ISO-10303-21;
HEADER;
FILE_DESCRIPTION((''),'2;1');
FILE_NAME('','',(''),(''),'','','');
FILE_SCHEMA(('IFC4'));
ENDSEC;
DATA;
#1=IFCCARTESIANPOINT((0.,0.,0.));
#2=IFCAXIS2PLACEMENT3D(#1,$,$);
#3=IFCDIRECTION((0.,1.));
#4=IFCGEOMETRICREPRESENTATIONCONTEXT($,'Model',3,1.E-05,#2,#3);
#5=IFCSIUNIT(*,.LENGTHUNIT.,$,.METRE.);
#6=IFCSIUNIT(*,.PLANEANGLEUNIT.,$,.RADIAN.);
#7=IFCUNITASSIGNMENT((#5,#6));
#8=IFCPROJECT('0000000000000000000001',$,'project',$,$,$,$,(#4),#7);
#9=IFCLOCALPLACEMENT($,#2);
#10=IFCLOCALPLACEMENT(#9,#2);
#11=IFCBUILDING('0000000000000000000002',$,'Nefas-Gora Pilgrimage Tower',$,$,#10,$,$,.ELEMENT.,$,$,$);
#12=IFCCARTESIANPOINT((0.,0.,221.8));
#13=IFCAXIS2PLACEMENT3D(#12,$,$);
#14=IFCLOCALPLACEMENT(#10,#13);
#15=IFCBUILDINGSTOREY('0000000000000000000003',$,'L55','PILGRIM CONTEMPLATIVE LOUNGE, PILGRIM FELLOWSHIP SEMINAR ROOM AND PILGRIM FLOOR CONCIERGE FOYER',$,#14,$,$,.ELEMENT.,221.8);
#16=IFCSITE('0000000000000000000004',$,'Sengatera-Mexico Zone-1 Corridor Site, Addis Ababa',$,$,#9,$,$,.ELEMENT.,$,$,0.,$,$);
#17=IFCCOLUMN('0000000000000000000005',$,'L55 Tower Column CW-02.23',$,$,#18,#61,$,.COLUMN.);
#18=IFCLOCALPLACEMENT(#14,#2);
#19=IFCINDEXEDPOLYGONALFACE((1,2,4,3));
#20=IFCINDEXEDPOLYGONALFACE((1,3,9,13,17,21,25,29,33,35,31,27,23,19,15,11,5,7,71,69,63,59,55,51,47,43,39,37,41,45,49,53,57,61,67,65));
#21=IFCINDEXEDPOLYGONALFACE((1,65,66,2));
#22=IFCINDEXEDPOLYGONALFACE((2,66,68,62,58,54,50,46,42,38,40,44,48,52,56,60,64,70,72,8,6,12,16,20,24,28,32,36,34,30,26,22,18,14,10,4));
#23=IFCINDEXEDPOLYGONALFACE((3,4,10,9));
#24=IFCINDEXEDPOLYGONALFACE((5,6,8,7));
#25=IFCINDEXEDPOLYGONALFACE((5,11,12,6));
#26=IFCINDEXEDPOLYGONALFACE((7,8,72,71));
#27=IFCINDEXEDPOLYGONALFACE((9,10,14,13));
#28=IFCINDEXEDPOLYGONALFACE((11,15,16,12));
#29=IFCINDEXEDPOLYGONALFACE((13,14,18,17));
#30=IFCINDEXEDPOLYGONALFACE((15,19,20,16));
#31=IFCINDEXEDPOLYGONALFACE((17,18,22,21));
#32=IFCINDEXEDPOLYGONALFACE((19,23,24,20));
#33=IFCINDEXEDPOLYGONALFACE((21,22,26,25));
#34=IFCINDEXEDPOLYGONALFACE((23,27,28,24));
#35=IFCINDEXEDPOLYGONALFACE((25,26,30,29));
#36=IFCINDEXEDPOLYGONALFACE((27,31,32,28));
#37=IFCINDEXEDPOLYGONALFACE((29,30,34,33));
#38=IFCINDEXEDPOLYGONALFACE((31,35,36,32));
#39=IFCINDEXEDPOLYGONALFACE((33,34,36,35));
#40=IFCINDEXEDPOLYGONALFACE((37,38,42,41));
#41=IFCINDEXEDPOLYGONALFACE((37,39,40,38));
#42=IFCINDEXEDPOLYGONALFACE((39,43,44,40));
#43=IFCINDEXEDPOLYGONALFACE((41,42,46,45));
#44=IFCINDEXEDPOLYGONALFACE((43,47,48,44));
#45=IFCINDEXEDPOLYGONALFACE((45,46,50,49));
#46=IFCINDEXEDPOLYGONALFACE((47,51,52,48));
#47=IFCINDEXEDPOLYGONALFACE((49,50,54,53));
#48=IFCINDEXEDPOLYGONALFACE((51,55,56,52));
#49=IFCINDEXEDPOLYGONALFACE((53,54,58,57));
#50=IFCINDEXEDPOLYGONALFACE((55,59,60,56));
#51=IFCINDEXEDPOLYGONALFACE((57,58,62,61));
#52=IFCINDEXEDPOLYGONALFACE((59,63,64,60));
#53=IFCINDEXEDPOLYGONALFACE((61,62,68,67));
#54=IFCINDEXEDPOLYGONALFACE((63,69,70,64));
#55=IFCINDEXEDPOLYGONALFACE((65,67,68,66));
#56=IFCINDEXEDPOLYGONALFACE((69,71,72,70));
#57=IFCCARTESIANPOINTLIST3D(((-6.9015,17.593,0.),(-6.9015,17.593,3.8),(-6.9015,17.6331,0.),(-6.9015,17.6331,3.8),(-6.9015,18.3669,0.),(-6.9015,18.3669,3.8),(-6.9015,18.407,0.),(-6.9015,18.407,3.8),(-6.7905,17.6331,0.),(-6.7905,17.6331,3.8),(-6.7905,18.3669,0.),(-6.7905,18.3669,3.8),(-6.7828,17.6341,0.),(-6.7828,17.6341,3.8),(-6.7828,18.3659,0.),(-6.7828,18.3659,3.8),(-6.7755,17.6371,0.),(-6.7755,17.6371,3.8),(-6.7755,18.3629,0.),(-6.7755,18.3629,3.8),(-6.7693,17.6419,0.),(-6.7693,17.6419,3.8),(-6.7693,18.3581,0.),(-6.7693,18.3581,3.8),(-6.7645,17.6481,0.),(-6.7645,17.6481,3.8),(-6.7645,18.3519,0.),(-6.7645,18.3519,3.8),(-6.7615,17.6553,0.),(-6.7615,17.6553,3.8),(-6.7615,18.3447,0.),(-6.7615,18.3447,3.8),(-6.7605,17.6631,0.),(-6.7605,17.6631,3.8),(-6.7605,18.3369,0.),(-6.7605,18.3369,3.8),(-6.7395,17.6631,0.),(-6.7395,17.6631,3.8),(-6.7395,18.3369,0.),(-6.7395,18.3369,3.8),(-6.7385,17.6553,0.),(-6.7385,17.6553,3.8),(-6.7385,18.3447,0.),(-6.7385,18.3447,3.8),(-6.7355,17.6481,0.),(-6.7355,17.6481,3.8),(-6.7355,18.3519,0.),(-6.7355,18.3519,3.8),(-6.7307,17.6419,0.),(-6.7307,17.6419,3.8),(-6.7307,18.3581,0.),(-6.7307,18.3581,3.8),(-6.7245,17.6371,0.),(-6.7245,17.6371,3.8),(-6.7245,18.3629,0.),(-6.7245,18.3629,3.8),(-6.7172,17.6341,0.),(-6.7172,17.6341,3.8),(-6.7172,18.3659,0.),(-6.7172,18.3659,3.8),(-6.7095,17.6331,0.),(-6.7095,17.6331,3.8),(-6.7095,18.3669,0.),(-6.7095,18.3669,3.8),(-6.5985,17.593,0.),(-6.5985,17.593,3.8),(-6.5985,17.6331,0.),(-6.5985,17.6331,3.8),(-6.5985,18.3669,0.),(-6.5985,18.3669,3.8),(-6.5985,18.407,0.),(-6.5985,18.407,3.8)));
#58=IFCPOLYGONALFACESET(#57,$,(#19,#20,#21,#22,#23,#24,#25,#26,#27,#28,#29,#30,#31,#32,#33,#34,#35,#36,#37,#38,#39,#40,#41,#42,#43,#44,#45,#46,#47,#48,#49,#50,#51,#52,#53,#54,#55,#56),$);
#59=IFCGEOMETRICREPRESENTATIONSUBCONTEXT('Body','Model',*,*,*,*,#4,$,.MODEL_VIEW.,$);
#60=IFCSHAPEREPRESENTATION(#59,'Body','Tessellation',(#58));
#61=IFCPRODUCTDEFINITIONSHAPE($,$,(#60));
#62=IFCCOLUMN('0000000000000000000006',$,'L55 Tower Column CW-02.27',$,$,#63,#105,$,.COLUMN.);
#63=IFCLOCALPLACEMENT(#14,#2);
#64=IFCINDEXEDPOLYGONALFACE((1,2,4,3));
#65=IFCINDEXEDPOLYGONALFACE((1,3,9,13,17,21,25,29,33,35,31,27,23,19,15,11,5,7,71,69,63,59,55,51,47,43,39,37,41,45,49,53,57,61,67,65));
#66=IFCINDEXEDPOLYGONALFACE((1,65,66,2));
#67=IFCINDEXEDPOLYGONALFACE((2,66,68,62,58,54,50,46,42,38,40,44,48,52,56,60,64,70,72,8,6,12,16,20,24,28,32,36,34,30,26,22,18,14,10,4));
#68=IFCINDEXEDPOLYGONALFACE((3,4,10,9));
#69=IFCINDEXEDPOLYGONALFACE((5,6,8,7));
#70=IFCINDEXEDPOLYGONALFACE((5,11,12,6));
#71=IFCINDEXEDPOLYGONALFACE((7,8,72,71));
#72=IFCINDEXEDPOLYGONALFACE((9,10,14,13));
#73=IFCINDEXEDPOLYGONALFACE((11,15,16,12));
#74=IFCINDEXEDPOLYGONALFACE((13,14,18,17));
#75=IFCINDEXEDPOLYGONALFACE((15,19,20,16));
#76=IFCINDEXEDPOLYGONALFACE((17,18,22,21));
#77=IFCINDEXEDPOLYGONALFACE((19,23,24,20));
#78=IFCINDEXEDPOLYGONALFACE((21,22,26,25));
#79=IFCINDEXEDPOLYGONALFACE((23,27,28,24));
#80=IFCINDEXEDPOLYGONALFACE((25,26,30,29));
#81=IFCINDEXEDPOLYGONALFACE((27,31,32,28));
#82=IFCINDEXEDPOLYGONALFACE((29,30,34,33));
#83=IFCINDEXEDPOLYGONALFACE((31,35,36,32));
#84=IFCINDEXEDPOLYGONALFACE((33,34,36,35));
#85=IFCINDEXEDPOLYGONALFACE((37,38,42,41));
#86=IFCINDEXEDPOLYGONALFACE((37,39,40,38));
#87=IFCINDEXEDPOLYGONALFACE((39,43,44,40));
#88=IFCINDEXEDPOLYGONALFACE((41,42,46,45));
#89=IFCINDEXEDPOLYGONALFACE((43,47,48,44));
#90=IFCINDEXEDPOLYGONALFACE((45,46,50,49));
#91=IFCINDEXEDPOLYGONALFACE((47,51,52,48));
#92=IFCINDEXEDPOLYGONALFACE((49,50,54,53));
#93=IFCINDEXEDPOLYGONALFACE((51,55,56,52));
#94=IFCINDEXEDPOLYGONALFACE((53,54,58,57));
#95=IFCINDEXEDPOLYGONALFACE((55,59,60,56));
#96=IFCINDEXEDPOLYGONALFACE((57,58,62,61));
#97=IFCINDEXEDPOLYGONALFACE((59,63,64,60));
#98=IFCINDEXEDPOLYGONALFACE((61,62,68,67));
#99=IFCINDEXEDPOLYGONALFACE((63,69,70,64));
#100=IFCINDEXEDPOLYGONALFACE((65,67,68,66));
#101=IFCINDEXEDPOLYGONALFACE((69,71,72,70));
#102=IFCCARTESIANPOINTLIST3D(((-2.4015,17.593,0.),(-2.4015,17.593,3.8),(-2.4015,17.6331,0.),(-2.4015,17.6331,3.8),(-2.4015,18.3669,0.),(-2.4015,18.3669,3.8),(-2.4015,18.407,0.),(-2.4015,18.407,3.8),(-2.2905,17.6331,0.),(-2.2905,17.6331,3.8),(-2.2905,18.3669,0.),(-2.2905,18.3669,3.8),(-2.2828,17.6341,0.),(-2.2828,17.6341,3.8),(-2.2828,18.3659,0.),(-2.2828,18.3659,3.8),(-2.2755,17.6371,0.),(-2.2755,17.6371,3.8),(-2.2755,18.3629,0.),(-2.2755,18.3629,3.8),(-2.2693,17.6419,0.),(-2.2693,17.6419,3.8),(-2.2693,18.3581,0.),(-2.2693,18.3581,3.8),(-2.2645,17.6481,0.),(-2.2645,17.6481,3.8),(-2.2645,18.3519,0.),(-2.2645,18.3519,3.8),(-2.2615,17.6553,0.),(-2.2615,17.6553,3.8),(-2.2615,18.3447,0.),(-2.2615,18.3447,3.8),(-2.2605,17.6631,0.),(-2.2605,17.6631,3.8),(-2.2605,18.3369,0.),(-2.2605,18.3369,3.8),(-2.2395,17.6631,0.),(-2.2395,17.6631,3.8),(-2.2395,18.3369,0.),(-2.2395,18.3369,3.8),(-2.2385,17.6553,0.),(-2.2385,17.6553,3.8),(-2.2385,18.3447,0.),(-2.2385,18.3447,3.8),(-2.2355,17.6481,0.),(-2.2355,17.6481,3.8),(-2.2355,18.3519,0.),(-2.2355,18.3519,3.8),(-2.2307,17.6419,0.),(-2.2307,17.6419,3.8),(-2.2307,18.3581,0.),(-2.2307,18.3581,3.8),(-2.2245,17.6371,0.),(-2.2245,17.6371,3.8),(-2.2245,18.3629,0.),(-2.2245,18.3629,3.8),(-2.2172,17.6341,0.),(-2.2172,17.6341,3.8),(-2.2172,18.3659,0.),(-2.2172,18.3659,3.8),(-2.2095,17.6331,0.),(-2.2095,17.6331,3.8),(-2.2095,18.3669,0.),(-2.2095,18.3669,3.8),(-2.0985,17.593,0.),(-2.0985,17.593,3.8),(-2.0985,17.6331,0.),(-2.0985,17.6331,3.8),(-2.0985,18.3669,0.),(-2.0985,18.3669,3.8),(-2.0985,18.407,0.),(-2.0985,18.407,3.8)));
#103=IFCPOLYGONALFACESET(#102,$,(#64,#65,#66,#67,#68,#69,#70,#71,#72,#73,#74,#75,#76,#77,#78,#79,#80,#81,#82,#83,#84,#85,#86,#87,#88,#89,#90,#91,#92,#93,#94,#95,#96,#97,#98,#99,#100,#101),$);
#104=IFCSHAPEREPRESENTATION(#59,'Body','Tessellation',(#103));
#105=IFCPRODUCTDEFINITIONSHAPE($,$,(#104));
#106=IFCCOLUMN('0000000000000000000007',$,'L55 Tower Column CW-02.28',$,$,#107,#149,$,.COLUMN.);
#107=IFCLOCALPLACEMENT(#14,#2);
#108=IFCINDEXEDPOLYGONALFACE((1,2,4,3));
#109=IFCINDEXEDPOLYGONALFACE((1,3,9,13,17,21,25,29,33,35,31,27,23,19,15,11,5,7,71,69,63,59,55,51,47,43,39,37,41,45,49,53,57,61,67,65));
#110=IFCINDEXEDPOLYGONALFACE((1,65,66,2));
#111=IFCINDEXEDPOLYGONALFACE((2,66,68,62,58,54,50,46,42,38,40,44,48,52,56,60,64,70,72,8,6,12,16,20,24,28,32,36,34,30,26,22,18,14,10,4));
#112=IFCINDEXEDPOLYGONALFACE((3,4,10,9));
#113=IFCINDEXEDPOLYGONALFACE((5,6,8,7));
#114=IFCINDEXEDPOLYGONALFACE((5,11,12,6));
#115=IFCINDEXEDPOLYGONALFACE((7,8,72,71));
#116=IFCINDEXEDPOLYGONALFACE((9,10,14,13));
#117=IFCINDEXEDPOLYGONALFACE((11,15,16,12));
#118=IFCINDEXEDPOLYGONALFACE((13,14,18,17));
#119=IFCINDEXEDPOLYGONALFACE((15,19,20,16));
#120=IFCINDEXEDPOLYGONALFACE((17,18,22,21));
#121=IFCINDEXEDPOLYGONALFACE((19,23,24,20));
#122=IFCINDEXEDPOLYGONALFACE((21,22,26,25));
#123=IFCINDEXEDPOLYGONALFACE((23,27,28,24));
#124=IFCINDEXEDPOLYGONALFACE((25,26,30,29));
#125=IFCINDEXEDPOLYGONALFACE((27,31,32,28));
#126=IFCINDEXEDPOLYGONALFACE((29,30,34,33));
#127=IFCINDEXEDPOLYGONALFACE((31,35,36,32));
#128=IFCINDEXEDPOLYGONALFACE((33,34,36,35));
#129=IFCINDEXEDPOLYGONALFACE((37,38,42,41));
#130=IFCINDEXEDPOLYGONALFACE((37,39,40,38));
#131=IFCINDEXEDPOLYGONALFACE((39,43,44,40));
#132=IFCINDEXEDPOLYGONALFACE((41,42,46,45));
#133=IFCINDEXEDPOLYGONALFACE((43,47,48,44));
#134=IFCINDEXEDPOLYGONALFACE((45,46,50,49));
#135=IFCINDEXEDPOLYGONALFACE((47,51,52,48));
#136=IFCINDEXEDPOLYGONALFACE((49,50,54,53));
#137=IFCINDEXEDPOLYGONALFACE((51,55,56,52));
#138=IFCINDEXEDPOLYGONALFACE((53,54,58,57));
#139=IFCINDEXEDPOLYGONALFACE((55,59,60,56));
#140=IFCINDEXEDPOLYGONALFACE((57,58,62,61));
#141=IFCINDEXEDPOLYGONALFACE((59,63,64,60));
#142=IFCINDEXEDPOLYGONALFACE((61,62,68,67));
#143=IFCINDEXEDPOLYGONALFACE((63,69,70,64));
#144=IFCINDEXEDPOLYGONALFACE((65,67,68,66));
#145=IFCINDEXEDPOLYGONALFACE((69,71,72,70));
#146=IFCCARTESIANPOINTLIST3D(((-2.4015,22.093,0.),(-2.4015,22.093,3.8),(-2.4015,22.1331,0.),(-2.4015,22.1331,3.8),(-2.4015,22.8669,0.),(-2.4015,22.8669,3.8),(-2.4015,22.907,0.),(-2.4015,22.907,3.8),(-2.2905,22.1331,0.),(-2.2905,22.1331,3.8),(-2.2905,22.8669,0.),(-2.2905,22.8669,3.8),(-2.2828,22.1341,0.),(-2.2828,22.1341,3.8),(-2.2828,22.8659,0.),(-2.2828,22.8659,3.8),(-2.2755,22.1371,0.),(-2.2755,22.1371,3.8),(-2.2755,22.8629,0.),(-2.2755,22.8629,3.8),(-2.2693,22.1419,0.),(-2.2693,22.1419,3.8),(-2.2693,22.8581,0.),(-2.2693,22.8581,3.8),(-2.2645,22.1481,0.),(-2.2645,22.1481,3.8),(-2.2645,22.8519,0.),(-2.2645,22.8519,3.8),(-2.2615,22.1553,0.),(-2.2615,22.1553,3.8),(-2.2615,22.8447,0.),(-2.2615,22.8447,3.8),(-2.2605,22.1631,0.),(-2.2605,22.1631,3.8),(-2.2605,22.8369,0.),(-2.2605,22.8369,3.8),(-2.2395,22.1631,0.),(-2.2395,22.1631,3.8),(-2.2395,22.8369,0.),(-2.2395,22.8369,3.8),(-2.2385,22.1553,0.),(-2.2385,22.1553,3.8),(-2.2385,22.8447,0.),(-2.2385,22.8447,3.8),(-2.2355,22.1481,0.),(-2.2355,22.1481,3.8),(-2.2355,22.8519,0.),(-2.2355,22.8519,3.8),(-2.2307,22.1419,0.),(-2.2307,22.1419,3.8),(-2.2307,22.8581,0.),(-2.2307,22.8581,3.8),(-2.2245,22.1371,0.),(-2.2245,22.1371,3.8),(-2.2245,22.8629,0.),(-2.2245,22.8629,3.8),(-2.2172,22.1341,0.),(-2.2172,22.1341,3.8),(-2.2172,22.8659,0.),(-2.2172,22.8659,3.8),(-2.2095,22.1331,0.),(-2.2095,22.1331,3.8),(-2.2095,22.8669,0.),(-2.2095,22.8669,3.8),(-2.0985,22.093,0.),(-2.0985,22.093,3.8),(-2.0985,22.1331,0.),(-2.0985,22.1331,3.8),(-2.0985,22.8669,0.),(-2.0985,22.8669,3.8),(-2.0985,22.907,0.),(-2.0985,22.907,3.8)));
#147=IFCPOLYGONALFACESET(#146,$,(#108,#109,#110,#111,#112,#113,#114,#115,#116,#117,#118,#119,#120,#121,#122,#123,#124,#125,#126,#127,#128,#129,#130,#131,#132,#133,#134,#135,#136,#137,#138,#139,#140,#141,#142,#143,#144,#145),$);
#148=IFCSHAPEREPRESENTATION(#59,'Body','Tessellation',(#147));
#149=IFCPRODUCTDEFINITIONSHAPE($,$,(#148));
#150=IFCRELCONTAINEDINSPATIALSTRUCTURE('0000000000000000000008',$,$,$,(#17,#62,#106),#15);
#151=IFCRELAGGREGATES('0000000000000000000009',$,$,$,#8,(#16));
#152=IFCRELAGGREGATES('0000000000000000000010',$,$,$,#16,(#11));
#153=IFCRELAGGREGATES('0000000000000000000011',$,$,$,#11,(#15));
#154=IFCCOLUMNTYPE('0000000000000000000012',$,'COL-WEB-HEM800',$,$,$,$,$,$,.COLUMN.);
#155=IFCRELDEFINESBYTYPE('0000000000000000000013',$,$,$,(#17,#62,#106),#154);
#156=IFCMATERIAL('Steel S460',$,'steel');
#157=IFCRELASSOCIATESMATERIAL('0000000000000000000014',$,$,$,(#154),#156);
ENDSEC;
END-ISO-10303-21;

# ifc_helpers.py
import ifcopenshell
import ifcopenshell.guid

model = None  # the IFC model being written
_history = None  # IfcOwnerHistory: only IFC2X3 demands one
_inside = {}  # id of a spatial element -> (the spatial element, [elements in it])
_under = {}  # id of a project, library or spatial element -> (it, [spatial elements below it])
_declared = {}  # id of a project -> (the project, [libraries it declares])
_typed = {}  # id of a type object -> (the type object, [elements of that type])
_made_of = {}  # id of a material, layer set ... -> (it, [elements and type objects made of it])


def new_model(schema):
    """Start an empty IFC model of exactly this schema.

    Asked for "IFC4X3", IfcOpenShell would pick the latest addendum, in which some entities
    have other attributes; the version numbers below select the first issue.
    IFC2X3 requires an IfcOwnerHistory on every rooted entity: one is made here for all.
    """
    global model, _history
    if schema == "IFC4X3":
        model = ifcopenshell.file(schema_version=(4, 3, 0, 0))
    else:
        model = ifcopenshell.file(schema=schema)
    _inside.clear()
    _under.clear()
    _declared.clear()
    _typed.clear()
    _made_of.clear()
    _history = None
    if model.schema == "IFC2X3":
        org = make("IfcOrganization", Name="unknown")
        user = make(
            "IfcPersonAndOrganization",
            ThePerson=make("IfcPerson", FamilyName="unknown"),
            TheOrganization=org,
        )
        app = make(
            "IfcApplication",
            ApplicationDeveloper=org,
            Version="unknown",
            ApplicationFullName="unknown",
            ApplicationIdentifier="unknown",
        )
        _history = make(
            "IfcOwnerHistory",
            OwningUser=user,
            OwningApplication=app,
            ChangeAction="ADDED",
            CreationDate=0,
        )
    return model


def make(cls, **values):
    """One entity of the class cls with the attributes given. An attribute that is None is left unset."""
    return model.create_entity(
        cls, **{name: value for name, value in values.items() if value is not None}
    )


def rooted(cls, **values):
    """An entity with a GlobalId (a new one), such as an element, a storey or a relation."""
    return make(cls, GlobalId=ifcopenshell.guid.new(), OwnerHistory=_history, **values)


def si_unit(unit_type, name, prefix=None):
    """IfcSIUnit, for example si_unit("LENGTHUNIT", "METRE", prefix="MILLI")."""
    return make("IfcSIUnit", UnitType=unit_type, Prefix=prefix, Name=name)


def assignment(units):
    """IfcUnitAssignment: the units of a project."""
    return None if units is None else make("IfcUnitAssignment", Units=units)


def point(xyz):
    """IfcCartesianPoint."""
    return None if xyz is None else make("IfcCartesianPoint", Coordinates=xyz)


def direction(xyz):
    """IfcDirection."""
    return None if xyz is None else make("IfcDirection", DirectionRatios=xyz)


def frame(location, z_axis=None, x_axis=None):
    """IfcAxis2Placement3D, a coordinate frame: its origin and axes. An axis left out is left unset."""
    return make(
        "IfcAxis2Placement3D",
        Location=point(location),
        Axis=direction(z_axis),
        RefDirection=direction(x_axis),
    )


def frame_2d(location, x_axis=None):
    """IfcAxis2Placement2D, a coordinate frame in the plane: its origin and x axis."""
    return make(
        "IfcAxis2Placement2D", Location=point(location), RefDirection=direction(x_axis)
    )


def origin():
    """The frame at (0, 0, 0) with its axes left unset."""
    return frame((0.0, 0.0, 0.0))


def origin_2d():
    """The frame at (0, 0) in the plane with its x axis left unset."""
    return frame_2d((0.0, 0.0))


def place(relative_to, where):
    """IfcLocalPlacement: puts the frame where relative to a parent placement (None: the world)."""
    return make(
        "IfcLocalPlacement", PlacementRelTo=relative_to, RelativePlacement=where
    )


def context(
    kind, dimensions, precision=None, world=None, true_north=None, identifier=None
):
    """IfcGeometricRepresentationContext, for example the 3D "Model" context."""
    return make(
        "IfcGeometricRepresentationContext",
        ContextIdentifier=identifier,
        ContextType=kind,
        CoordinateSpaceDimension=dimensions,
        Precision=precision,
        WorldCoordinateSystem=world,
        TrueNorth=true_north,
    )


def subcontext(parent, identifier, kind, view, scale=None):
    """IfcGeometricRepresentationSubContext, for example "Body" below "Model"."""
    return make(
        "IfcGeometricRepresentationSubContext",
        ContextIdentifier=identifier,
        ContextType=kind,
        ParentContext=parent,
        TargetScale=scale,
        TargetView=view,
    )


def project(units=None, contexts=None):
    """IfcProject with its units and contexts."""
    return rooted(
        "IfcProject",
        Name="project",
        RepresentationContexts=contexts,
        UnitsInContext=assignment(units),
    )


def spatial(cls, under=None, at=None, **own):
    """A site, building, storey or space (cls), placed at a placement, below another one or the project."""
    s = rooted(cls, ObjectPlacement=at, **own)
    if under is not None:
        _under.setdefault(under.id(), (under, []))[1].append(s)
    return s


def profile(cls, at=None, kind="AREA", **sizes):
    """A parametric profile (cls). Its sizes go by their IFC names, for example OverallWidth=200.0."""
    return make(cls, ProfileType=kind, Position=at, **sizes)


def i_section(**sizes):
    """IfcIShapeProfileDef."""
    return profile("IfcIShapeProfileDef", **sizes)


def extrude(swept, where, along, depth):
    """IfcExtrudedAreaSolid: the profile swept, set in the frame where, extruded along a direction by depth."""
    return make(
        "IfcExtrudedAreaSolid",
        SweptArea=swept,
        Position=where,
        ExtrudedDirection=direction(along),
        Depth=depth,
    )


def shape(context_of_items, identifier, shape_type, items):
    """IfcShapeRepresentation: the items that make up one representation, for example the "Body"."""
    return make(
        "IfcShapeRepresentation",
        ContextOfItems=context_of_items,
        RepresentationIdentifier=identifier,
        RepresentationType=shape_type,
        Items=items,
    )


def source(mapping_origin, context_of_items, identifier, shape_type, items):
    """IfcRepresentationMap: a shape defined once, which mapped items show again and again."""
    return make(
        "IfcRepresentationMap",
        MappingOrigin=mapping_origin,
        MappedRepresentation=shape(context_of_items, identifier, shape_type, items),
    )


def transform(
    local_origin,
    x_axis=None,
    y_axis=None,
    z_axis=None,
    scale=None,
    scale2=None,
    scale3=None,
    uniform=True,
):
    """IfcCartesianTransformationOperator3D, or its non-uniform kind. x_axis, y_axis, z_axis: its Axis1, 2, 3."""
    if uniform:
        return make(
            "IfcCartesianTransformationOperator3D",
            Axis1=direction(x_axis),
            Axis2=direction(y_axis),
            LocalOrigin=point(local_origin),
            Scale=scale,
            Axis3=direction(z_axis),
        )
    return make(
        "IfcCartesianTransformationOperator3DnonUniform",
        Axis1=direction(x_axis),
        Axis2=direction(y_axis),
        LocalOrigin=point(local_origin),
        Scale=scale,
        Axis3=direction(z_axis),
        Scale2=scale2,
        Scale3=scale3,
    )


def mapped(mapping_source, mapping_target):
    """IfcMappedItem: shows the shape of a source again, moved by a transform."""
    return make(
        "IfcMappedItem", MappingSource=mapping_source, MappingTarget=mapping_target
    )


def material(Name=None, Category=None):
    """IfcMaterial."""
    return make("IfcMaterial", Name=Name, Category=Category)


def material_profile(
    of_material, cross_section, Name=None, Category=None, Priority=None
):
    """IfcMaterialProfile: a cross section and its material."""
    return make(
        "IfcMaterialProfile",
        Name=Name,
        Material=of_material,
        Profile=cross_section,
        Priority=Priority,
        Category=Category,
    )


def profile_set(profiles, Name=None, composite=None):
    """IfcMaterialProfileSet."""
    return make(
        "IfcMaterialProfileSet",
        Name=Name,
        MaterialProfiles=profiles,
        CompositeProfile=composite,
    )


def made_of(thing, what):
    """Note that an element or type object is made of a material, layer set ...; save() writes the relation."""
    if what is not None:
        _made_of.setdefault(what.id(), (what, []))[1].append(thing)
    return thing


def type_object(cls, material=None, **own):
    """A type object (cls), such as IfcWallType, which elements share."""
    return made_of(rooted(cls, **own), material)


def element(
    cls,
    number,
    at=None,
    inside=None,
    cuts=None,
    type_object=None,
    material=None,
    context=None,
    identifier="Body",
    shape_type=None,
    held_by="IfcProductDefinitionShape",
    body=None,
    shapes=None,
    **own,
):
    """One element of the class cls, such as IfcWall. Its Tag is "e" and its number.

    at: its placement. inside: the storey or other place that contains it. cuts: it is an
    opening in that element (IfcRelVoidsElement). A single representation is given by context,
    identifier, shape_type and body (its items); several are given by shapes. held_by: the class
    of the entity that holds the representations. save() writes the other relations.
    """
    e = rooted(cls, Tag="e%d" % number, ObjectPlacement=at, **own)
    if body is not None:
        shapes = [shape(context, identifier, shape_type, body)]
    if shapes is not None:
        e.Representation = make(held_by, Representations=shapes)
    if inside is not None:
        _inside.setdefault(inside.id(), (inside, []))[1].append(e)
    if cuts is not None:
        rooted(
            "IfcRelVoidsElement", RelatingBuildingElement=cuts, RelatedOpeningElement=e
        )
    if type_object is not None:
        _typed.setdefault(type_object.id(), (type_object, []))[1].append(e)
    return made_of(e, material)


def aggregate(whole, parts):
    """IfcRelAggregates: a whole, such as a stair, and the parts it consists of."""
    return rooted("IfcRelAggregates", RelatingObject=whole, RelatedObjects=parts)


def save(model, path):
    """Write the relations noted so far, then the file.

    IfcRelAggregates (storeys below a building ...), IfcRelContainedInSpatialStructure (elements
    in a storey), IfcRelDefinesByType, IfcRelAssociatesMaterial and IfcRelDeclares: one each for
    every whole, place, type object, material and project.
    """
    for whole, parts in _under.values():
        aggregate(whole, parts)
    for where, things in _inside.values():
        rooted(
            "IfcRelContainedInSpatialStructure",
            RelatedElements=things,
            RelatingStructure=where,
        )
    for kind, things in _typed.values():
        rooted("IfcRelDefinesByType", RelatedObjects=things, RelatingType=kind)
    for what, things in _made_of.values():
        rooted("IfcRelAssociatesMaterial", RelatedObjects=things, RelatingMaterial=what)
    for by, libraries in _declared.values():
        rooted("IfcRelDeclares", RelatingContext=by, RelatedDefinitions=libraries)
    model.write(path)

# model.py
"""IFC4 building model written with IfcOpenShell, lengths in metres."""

from ifc_helpers import new_model, si_unit, direction, frame, origin, origin_2d, place, context, subcontext, project, spatial, i_section, extrude, source, transform, mapped, material, material_profile, profile_set, type_object, element, save


model = new_model("IFC4")

# Units and contexts
model_context = context("Model", 3, precision=1e-05, world=origin(), true_north=direction((0.0, 1.0)))
body_context = subcontext(model_context, "Body", "Model", "MODEL_VIEW")
ifc_project = project(units=[si_unit("LENGTHUNIT", "METRE"), si_unit("PLANEANGLEUNIT", "RADIAN")], contexts=[model_context])

# Site, building, storey
site_placement = place(None, origin())
site = spatial("IfcSite", under=ifc_project, at=site_placement, Name="Sengatera-Mexico Zone-1 Corridor Site, Addis Ababa", CompositionType="ELEMENT", RefElevation=0.0)
building_placement = place(site_placement, origin())
building = spatial("IfcBuilding", under=site, at=building_placement, Name="Nefas-Gora Pilgrimage Tower", CompositionType="ELEMENT")
storey_placement = place(building_placement, frame((0.0, 0.0, 221.8)))
storey = spatial("IfcBuildingStorey", under=building, at=storey_placement, Name="L55", Description="PILGRIM CONTEMPLATIVE LOUNGE, PILGRIM FELLOWSHIP SEMINAR ROOM AND PILGRIM FLOOR CONCIERGE FOYER", CompositionType="ELEMENT", Elevation=221.8)

# Columns
ifc_material_1 = material(Name="Steel S460", Category="steel")
ifc_material_profile_1 = material_profile(ifc_material_1, i_section(OverallWidth=0.303, OverallDepth=0.814, WebThickness=0.021, FlangeThickness=0.04, FilletRadius=0.03, at=origin_2d()), Name="HEM 800")
ifc_profile_set_1 = profile_set([ifc_material_profile_1], Name="Steel S460")
column_type_1 = type_object("IfcColumnType", Name="COL-WEB-HEM800", PredefinedType="COLUMN", material=ifc_profile_set_1)
shared_shape_1 = source(origin(), body_context, "Body", "SweptSolid", [
    extrude(i_section(OverallWidth=0.303, OverallDepth=0.814, WebThickness=0.021, FlangeThickness=0.04, FilletRadius=0.03, at=origin_2d()), origin(), (0.0, 0.0, 1.0), 3.8),
])
for number, where, z_axis, x_axis, name in (
    (1, (-6.75, 18.0, 0.0), (0.0, 0.0, 1.0), (1.0, 0.0, 0.0), "L55 Tower Column CW-02.23"),
    (2, (-2.25, 18.0, 0.0), (0.0, 0.0, 1.0), (1.0, 0.0, 0.0), "L55 Tower Column CW-02.27"),
    (3, (-2.25, 22.5, 0.0), (0.0, 0.0, 1.0), (1.0, 0.0, 0.0), "L55 Tower Column CW-02.28"),
):
    element("IfcColumn", number, at=place(storey_placement, frame(where, z_axis=z_axis, x_axis=x_axis)), inside=storey, type_object=column_type_1, Name=name, PredefinedType="COLUMN", context=body_context, shape_type="MappedRepresentation", body=[
        mapped(shared_shape_1, transform((0.0, 0.0, 0.0), x_axis=(1.0, 0.0, 0.0), y_axis=(0.0, 1.0, 0.0), z_axis=(0.0, 0.0, 1.0), scale=1.0)),
    ])

save(model, "model.ifc")
